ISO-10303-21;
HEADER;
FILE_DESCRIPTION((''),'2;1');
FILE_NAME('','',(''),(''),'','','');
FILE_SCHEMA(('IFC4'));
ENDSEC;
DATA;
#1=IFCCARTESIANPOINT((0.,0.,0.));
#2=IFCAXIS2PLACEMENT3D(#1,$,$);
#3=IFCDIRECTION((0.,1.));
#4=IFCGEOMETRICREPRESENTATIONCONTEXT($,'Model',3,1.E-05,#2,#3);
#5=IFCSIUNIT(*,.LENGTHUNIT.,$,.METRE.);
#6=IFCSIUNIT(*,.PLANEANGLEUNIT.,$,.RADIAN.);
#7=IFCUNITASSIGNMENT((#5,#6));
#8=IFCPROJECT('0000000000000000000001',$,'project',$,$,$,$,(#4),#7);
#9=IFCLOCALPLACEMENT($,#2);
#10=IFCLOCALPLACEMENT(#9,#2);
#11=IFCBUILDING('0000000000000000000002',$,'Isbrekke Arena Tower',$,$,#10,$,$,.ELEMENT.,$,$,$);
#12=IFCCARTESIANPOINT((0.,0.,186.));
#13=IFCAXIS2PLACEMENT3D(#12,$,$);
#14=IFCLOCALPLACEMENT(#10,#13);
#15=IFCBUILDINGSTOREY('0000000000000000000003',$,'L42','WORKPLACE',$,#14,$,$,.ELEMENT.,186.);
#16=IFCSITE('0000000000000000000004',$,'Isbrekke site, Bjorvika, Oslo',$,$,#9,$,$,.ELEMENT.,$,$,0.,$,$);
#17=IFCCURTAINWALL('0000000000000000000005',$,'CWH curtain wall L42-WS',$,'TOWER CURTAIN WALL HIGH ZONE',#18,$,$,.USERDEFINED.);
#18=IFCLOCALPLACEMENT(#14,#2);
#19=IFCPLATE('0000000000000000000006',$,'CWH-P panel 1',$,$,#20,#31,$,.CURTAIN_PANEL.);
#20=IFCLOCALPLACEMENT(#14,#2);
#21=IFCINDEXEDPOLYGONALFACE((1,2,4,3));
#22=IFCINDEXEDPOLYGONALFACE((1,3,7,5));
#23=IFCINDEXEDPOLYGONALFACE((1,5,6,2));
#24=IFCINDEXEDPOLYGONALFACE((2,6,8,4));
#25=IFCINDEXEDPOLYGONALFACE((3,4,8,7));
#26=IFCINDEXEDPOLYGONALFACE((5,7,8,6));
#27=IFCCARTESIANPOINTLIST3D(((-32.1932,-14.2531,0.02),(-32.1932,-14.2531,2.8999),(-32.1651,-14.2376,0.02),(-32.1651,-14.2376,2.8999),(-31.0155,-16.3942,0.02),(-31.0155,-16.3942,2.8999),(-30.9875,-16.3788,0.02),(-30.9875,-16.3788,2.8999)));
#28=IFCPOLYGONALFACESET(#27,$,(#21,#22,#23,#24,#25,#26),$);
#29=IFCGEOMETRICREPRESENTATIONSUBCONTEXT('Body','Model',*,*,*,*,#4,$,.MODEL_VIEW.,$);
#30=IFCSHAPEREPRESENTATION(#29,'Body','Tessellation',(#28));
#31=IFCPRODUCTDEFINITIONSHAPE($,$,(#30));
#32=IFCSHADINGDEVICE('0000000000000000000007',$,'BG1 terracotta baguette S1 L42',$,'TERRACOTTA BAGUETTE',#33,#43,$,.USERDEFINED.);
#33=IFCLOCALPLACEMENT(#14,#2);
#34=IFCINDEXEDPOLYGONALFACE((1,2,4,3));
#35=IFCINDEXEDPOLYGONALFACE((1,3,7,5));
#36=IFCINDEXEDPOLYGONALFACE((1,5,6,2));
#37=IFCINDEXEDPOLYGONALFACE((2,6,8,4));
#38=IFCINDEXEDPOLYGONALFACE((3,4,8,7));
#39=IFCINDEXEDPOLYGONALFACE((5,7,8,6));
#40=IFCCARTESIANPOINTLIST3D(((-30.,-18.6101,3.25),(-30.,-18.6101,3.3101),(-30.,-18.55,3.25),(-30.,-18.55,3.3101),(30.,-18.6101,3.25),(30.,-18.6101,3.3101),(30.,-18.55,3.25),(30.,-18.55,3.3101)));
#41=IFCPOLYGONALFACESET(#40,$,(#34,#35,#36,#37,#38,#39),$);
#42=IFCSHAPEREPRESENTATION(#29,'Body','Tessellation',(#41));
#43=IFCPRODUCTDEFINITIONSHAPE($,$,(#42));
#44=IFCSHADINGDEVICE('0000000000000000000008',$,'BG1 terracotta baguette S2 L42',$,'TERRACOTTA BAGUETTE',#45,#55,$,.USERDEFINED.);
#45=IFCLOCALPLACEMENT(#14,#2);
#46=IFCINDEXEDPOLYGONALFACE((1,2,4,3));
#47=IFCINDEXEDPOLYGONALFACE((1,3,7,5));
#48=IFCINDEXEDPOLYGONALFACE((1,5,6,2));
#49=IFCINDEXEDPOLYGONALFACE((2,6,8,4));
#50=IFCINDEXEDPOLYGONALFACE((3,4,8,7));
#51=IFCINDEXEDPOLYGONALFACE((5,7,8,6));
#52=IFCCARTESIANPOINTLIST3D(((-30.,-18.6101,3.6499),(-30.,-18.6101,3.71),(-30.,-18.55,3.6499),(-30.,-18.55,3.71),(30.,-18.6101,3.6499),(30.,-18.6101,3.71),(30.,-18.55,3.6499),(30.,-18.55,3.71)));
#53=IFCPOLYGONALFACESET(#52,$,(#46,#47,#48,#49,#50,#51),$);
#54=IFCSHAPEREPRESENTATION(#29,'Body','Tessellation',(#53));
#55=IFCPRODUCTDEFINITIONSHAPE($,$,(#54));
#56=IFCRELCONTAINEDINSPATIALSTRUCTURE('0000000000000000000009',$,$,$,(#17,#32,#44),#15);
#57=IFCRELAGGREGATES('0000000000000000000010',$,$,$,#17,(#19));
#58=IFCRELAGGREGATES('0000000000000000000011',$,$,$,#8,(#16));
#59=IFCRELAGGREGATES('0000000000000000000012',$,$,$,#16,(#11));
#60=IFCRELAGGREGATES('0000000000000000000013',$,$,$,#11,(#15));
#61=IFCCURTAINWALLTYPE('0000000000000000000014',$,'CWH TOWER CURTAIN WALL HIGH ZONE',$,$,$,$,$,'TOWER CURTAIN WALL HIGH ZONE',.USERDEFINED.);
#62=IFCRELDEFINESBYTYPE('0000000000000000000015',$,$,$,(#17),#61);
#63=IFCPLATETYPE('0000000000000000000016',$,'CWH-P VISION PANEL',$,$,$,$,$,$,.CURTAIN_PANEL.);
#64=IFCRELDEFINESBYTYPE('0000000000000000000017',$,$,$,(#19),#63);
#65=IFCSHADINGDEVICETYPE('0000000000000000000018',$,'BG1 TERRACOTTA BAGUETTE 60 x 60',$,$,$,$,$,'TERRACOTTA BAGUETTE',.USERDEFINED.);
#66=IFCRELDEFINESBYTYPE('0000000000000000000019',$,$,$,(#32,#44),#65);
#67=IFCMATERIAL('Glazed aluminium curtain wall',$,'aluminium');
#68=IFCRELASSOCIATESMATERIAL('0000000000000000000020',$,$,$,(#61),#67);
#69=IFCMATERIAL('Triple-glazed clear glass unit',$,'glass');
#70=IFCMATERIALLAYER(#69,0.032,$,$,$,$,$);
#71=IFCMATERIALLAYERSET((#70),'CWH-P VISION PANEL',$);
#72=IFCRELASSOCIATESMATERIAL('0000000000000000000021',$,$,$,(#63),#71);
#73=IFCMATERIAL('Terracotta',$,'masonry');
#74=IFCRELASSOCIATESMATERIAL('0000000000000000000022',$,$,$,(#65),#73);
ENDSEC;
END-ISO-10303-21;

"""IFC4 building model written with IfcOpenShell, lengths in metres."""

from ifc_helpers import new_model, si_unit, direction, frame, origin, origin_2d, place, context, subcontext, project, spatial, rectangle, extrude, material, layer, layer_set, material_profile, profile_set, type_object, element, aggregate, save


model = new_model("IFC4")

# Units and contexts
model_context = context("Model", 3, precision=1e-05, world=origin(), true_north=direction((0.0, 1.0)))
body_context = subcontext(model_context, "Body", "Model", "MODEL_VIEW")
ifc_project = project(units=[si_unit("LENGTHUNIT", "METRE"), si_unit("PLANEANGLEUNIT", "RADIAN")], contexts=[model_context])

# Site, building, storey
site_placement = place(None, origin())
site = spatial("IfcSite", under=ifc_project, at=site_placement, Name="Isbrekke site, Bjorvika, Oslo", CompositionType="ELEMENT", RefElevation=0.0)
building_placement = place(site_placement, origin())
building = spatial("IfcBuilding", under=site, at=building_placement, Name="Isbrekke Arena Tower", CompositionType="ELEMENT")
storey_placement = place(building_placement, frame((0.0, 0.0, 186.0)))
storey = spatial("IfcBuildingStorey", under=building, at=storey_placement, Name="L42", Description="WORKPLACE", CompositionType="ELEMENT", Elevation=186.0)

# Shared definitions
ifc_material_1 = material(Name="Glazed aluminium curtain wall", Category="aluminium")
curtain_wall_type = type_object("IfcCurtainWallType", Name="CWH TOWER CURTAIN WALL HIGH ZONE", ElementType="TOWER CURTAIN WALL HIGH ZONE", PredefinedType="USERDEFINED", material=ifc_material_1)

# Curtain wall
curtain_wall_1_placement = place(storey_placement, origin())
curtain_wall_1 = element("IfcCurtainWall", 1, at=curtain_wall_1_placement, inside=storey, type_object=curtain_wall_type, Name="CWH curtain wall L42-WS", ObjectType="TOWER CURTAIN WALL HIGH ZONE", PredefinedType="USERDEFINED")

# Plate
ifc_material_2 = material(Name="Triple-glazed clear glass unit", Category="glass")
ifc_layer = layer(ifc_material_2, 0.032)
ifc_layer_set = layer_set([ifc_layer], Name="CWH-P VISION PANEL")
plate_type = type_object("IfcPlateType", Name="CWH-P VISION PANEL", PredefinedType="CURTAIN_PANEL", material=ifc_layer_set)
plate_1_placement = place(storey_placement, frame((-31.5903, -15.3159, 0.02), z_axis=(0.0, 0.0, 1.0), x_axis=(0.481919, -0.876216, 0.0)))
plate_1 = element("IfcPlate", 2, at=plate_1_placement, type_object=plate_type, Name="CWH-P panel 1", PredefinedType="CURTAIN_PANEL", context=body_context, shape_type="SweptSolid", body=[
    extrude(rectangle(XDim=2.4436, YDim=0.032, at=origin_2d()), origin(), (0.0, 0.0, 1.0), 2.8799),
])
aggregate(curtain_wall_1, [plate_1])

# Shading devices
ifc_material_3 = material(Name="Terracotta", Category="masonry")
ifc_material_profile_1 = material_profile(ifc_material_3, rectangle(XDim=0.0601, YDim=0.0601, at=origin_2d()), Name="BAGUETTE 60X60")
ifc_profile_set_1 = profile_set([ifc_material_profile_1], Name="Terracotta")
shading_device_type = type_object("IfcShadingDeviceType", Name="BG1 TERRACOTTA BAGUETTE 60 x 60", ElementType="TERRACOTTA BAGUETTE", PredefinedType="USERDEFINED", material=ifc_profile_set_1)
for number, where, z_axis, x_axis, name in (
    (3, (-30.0, -18.5801, 3.28), (1.0, 0.0, 0.0), (0.0, 1.0, 0.0), "BG1 terracotta baguette S1 L42"),
    (4, (-30.0, -18.5801, 3.6799), (1.0, 0.0, 0.0), (0.0, 1.0, 0.0), "BG1 terracotta baguette S2 L42"),
):
    element("IfcShadingDevice", number, at=place(storey_placement, frame(where, z_axis=z_axis, x_axis=x_axis)), inside=storey, type_object=shading_device_type, Name=name, ObjectType="TERRACOTTA BAGUETTE", PredefinedType="USERDEFINED", context=body_context, shape_type="SweptSolid", body=[
        extrude(rectangle(XDim=0.0601, YDim=0.0601, at=origin_2d()), origin(), (0.0, 0.0, 1.0), 60.0),
    ])

save(model, "model.ifc")
